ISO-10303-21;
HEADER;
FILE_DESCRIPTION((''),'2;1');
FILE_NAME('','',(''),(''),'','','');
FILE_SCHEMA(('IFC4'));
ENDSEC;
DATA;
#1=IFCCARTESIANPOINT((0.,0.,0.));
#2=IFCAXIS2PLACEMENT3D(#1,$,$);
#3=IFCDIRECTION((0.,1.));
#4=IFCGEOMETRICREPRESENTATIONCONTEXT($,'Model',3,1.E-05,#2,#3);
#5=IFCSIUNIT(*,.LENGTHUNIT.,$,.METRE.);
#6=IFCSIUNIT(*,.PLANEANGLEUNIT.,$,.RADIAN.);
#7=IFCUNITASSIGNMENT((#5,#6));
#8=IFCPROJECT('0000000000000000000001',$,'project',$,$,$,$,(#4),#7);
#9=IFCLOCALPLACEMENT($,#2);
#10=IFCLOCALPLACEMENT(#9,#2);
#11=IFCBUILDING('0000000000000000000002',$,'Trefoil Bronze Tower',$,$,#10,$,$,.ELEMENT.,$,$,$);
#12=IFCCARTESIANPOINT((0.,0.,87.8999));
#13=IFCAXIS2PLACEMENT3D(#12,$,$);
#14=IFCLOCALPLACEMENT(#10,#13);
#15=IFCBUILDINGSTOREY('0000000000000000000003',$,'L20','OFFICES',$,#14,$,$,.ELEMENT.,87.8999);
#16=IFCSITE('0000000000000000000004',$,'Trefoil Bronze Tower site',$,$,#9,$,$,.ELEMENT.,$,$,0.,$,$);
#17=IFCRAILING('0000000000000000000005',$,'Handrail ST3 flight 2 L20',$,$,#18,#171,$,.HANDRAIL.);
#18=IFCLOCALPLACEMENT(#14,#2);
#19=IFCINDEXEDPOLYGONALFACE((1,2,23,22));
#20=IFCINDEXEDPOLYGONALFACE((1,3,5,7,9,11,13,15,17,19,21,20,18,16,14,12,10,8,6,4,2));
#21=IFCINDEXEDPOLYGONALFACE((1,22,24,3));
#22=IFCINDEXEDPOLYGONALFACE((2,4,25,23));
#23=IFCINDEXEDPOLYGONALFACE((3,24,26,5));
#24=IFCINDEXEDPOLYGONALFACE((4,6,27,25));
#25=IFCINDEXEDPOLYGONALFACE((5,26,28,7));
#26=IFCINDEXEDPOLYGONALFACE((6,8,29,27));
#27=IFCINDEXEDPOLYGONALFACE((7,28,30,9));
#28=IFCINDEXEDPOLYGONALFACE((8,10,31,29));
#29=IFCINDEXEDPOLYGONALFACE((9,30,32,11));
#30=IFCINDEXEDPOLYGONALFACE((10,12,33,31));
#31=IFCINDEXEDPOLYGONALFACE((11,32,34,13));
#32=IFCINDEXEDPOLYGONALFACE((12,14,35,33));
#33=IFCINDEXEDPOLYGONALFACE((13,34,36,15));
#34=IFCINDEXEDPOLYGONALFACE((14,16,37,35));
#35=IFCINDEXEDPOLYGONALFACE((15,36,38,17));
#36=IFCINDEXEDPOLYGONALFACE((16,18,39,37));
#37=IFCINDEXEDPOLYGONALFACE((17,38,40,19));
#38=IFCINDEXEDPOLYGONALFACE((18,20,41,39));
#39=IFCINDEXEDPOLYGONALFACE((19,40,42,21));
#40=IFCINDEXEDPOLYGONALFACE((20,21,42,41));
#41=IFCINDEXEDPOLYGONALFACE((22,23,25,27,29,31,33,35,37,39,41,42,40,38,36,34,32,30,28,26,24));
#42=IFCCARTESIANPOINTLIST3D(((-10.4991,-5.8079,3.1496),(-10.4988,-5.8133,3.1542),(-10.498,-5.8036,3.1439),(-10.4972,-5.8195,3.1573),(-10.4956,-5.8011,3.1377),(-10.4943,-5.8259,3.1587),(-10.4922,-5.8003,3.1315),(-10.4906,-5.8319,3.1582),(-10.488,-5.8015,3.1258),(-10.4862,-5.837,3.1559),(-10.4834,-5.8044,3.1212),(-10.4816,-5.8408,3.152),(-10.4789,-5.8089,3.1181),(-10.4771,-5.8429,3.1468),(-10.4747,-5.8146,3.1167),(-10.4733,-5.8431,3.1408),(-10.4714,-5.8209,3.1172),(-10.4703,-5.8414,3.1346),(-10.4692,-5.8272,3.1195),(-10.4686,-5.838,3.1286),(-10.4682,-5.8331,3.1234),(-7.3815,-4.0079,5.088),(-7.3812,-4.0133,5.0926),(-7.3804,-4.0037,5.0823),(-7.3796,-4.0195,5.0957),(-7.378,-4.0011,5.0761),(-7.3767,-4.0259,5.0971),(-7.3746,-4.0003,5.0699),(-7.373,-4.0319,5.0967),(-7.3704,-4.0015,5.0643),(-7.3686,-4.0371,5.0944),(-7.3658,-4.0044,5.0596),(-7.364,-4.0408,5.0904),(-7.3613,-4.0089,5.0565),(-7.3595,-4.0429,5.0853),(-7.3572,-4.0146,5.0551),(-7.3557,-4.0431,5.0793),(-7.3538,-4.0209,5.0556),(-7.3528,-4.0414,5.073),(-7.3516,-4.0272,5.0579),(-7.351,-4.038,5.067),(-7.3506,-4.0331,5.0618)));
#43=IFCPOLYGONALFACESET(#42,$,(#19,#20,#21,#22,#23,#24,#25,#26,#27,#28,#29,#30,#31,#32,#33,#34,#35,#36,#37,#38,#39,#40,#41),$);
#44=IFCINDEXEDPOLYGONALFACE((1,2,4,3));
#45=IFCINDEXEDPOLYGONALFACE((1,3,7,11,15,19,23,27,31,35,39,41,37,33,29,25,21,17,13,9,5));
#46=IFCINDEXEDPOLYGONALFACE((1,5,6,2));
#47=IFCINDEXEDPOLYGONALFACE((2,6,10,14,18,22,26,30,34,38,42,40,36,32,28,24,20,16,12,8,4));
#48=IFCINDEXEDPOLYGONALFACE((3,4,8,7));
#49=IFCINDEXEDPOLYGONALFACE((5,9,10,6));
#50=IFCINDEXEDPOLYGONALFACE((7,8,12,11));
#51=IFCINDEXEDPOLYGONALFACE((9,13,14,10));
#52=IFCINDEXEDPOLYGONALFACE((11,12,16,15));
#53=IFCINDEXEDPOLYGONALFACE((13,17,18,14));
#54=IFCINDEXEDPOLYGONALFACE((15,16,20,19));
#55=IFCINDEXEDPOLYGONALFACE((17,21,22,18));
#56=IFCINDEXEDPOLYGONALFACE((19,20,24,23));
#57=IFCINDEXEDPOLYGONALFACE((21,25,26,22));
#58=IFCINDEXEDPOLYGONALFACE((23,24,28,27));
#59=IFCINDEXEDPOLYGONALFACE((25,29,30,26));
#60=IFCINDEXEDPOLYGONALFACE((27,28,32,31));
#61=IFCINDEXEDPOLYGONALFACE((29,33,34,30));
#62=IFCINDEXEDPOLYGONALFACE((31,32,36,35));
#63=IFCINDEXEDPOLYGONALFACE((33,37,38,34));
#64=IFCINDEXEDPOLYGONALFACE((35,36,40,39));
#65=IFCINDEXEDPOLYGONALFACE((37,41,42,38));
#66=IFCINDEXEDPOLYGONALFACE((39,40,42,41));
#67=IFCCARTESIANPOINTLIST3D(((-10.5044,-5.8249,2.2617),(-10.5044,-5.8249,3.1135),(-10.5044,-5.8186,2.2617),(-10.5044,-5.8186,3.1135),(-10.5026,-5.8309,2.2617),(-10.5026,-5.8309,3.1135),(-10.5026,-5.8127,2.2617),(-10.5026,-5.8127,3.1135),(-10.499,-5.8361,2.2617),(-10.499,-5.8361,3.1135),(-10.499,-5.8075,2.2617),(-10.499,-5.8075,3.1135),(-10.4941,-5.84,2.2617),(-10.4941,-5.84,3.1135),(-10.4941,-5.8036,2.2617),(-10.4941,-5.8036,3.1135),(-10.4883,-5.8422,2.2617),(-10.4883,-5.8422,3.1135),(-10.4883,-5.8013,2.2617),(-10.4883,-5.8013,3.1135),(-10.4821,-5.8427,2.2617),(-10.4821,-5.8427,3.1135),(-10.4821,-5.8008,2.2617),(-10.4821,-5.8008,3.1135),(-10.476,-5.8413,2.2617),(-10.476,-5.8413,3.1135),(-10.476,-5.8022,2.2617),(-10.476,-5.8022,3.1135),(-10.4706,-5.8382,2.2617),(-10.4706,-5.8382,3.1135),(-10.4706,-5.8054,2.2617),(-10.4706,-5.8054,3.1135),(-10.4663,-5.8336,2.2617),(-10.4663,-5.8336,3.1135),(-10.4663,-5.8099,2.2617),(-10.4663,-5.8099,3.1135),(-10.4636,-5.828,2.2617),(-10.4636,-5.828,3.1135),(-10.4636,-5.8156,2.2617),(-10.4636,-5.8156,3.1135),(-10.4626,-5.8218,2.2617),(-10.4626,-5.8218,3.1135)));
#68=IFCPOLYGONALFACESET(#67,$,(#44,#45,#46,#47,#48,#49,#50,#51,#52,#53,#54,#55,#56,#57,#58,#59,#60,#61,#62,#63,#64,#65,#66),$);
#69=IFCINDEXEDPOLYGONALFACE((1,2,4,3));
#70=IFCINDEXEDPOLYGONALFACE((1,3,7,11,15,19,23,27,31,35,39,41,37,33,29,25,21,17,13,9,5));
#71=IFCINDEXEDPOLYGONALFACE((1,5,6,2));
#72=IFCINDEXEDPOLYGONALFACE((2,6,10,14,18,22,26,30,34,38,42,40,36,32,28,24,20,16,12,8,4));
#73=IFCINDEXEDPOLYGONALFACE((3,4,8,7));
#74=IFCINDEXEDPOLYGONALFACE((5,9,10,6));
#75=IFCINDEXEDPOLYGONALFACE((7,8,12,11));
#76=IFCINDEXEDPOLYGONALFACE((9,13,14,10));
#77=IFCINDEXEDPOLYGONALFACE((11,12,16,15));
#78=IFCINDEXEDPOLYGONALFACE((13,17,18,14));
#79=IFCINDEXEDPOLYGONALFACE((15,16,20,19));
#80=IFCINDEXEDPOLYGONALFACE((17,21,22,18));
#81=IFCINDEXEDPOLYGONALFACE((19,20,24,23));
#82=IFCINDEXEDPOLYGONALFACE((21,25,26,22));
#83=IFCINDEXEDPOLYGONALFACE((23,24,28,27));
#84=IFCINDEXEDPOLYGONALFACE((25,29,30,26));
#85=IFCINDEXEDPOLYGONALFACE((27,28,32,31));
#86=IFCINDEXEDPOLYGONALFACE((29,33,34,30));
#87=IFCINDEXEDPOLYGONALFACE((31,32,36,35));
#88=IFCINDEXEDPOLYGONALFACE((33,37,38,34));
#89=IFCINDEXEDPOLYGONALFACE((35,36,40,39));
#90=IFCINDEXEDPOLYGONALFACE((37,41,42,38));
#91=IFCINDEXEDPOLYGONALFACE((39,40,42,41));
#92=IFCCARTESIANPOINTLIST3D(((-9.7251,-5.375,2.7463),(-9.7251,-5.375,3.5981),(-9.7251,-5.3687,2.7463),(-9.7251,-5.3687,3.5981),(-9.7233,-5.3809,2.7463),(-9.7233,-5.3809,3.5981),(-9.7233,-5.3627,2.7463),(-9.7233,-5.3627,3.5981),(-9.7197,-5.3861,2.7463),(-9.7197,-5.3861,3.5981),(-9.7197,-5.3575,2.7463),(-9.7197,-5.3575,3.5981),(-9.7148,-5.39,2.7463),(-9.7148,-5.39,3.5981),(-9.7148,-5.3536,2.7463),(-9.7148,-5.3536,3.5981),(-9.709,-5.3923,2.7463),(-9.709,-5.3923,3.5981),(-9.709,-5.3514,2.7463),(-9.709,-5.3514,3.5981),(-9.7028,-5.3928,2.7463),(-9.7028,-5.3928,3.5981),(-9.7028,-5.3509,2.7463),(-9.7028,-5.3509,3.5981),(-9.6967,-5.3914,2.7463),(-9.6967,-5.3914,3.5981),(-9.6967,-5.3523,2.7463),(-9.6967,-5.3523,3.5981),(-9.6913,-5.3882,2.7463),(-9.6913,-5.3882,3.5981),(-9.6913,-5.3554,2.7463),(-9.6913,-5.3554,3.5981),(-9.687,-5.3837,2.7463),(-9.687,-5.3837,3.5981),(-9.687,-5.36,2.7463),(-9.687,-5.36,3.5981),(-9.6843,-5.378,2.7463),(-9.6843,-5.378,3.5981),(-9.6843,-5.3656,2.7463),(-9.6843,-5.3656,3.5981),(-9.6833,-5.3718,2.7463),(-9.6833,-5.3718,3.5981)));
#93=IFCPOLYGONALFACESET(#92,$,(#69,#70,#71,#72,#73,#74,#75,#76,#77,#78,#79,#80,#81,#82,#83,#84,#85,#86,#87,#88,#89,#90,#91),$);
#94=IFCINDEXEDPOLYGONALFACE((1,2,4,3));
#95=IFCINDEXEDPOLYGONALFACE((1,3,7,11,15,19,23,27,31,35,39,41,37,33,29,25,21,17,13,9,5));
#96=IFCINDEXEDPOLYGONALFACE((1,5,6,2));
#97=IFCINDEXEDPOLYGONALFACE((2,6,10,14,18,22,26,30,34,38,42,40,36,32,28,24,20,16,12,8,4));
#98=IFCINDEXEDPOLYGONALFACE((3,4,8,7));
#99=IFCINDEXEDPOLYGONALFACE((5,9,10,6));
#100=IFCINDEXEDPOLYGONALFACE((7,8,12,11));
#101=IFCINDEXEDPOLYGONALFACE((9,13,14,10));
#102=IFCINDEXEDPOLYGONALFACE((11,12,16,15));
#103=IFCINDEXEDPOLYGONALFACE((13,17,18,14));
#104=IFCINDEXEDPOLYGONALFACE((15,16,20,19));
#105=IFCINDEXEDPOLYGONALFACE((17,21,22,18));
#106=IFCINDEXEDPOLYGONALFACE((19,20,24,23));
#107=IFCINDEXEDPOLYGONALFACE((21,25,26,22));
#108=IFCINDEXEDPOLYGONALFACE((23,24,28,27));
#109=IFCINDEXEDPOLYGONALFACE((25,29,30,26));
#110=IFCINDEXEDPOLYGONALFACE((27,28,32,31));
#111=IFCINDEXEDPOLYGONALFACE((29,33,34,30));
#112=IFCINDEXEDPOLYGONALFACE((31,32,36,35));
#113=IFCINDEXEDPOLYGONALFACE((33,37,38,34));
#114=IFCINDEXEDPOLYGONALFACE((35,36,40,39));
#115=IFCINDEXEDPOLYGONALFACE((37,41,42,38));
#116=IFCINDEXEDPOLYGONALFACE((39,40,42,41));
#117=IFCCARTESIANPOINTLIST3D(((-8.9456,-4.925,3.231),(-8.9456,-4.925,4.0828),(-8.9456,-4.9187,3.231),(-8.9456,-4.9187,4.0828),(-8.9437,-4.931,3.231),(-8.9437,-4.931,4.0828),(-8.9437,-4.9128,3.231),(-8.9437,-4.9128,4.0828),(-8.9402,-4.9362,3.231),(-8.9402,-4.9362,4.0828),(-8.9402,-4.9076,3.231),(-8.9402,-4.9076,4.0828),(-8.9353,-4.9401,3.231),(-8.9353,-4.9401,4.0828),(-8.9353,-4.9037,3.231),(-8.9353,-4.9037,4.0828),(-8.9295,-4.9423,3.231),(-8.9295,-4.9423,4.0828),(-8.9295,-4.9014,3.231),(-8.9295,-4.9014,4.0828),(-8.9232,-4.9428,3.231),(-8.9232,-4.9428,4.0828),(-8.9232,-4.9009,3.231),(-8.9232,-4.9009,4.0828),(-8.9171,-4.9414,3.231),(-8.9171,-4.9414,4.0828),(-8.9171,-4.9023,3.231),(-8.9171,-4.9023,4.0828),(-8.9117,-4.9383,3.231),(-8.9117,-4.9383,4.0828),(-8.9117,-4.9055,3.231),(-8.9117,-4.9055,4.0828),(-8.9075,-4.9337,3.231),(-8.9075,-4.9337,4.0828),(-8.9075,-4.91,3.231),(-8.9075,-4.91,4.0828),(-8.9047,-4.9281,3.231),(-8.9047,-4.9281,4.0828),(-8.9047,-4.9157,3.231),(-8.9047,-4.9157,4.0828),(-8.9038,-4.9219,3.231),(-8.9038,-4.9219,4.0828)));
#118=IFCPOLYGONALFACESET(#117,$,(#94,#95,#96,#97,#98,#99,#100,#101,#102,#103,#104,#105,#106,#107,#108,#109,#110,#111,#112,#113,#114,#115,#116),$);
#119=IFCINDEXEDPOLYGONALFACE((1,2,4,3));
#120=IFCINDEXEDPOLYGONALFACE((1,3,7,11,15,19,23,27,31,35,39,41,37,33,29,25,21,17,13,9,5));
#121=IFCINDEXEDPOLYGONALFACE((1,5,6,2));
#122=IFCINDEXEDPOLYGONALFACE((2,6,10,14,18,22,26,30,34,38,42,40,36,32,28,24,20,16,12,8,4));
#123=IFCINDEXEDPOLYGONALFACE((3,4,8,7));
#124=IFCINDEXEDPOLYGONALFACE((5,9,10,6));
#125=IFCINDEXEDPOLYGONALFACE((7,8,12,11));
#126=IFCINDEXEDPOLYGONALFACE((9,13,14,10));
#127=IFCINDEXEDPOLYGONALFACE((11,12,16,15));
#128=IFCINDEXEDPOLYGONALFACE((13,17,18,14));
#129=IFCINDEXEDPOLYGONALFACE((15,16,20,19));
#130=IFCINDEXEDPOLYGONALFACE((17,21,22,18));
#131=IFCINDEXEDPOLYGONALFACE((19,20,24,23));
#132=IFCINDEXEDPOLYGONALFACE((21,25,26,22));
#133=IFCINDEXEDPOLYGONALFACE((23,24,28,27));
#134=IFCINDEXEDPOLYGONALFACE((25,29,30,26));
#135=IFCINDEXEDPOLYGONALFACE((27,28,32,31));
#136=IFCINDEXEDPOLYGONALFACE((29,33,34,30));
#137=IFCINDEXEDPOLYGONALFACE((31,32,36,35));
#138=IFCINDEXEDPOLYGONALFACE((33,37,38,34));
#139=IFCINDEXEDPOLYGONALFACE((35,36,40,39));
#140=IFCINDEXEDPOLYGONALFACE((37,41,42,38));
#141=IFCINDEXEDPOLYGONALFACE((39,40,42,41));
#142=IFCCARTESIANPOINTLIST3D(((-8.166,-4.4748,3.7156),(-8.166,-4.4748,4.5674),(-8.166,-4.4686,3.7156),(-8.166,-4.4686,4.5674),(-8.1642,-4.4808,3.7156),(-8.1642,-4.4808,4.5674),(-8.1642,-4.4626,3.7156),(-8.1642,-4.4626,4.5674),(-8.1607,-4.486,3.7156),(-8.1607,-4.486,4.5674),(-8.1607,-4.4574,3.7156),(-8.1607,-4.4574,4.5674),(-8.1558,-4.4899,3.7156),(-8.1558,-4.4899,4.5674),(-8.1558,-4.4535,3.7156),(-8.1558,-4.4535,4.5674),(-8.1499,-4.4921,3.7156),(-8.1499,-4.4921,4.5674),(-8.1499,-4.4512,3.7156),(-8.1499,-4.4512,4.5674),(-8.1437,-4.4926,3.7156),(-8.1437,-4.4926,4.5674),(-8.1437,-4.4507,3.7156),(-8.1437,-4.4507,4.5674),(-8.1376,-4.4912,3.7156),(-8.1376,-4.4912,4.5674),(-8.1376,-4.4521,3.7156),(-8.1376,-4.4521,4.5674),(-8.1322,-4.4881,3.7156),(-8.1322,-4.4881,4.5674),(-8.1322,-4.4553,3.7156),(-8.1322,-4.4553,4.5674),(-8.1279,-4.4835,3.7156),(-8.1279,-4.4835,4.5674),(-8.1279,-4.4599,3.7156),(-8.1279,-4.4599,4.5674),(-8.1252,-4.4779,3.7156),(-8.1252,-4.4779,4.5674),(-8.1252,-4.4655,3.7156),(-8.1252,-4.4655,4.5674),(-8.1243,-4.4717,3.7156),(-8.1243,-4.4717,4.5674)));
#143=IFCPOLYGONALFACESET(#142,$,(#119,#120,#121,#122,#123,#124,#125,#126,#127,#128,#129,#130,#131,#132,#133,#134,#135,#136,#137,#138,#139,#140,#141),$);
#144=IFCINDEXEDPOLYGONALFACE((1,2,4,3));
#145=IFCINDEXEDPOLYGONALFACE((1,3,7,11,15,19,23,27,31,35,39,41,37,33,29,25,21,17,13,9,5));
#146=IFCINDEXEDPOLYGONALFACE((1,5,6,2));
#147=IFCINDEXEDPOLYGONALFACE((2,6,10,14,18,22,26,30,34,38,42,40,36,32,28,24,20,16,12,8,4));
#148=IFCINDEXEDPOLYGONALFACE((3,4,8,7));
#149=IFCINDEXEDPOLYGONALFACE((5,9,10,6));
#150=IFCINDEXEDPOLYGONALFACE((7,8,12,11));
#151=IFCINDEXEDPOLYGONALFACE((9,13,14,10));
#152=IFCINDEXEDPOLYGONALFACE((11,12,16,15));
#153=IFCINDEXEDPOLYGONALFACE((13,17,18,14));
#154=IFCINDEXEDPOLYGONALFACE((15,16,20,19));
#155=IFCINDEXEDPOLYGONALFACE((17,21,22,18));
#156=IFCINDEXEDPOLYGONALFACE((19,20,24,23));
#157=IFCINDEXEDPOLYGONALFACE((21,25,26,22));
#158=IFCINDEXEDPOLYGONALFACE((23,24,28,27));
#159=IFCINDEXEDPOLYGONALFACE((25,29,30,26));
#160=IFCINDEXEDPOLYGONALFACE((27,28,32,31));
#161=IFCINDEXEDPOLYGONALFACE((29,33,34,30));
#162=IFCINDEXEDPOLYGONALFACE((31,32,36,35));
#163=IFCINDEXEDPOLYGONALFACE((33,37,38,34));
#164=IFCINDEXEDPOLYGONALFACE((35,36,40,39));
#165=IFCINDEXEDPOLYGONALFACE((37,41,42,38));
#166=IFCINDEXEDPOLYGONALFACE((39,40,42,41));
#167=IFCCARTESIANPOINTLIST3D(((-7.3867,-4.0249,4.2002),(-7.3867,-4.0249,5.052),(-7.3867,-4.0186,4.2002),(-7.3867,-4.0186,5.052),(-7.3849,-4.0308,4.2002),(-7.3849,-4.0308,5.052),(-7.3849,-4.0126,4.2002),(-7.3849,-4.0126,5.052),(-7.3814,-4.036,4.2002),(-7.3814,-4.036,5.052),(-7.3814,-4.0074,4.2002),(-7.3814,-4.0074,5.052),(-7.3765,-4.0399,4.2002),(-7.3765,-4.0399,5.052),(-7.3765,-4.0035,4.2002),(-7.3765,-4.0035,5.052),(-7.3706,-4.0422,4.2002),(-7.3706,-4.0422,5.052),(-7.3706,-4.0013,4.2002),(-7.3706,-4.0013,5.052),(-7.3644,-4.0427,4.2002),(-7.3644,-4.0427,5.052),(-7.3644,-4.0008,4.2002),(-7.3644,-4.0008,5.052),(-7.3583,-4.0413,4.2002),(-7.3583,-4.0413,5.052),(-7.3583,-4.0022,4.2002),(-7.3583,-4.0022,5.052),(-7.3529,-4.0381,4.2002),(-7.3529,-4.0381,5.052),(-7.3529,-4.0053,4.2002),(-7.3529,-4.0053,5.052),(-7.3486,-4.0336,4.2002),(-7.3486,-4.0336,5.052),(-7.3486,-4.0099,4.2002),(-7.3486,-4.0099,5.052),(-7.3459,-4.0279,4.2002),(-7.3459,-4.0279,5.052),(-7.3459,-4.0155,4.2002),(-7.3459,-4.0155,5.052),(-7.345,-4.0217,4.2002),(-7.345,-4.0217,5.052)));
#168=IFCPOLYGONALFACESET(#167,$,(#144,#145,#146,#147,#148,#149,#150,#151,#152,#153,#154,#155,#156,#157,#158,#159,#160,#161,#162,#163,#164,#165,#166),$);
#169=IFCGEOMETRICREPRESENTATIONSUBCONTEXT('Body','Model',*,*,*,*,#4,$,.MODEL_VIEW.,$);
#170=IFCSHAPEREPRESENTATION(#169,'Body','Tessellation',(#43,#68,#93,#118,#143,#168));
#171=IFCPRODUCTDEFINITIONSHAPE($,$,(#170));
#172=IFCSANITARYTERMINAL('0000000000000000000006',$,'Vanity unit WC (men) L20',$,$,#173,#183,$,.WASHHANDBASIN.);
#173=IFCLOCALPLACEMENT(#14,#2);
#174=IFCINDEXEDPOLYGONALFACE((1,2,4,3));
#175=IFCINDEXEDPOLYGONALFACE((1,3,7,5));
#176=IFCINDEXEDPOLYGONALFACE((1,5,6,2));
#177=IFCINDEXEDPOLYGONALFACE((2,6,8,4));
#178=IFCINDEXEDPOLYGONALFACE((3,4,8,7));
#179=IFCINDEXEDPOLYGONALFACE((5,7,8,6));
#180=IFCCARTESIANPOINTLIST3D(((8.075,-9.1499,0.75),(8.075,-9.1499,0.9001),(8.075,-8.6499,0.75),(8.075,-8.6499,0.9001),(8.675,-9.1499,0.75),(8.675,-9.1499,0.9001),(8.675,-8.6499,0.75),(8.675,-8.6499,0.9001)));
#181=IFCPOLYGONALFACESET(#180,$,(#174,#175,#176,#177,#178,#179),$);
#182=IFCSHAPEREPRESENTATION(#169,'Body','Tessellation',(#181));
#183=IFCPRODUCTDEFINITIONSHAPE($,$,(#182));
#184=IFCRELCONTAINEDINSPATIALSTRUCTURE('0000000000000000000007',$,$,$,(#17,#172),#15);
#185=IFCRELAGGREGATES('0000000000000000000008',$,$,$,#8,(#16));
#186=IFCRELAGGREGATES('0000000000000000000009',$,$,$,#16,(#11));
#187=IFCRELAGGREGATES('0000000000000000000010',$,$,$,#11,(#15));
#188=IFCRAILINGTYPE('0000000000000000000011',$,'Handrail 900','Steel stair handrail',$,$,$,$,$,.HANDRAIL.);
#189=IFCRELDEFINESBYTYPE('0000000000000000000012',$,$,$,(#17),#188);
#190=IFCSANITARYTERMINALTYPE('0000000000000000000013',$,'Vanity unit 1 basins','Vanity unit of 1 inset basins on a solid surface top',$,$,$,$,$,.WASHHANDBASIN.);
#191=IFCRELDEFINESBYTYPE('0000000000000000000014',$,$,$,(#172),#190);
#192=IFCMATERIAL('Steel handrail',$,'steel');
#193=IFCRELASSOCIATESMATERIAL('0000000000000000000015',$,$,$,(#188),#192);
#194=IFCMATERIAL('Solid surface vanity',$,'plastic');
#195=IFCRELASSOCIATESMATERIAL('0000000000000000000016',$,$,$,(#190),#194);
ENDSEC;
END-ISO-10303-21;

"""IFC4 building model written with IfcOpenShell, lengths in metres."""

from ifc_helpers import new_model, si_unit, direction, frame, origin, origin_2d, place, context, subcontext, project, spatial, polyline, circle, outline, extrude, material, type_object, element, save


model = new_model("IFC4")

# Units and contexts
model_context = context("Model", 3, precision=1e-05, world=origin(), true_north=direction((0.0, 1.0)))
body_context = subcontext(model_context, "Body", "Model", "MODEL_VIEW")
ifc_project = project(units=[si_unit("LENGTHUNIT", "METRE"), si_unit("PLANEANGLEUNIT", "RADIAN")], contexts=[model_context])

# Site, building, storey
site_placement = place(None, origin())
site = spatial("IfcSite", under=ifc_project, at=site_placement, Name="Trefoil Bronze Tower site", CompositionType="ELEMENT", RefElevation=0.0)
building_placement = place(site_placement, origin())
building = spatial("IfcBuilding", under=site, at=building_placement, Name="Trefoil Bronze Tower", CompositionType="ELEMENT")
storey_placement = place(building_placement, frame((0.0, 0.0, 87.8999)))
storey = spatial("IfcBuildingStorey", under=building, at=storey_placement, Name="L20", Description="OFFICES", CompositionType="ELEMENT", Elevation=87.8999)

# Railing
ifc_material_1 = material(Name="Steel handrail", Category="steel")
railing_type = type_object("IfcRailingType", Name="Handrail 900", Description="Steel stair handrail", PredefinedType="HANDRAIL", material=ifc_material_1)
railing_1_placement = place(storey_placement, frame((-10.4836, -5.8218, 2.2617)))
element("IfcRailing", 1, at=railing_1_placement, inside=storey, type_object=railing_type, Name="Handrail ST3 flight 2 L20", PredefinedType="HANDRAIL", context=body_context, shape_type="SweptSolid", body=[
    extrude(circle(Radius=0.0239, at=origin_2d()), frame((0.0, 0.0, 0.876), z_axis=(0.762503, 0.440246, 0.474102), x_axis=(-0.500012, 0.866018, 0.0)), (0.0, 0.0, 1.0), 4.0886),
    extrude(circle(Radius=0.021, at=origin_2d()), origin(), (0.0, 0.0, 1.0), 0.8518),
    extrude(circle(Radius=0.021, at=origin_2d()), frame((0.7793, 0.45, 0.4846)), (0.0, 0.0, 1.0), 0.8518),
    extrude(circle(Radius=0.021, at=origin_2d()), frame((1.5588, 0.8999, 0.9692)), (0.0, 0.0, 1.0), 0.8518),
    extrude(circle(Radius=0.021, at=origin_2d()), frame((2.3384, 1.3501, 1.4539)), (0.0, 0.0, 1.0), 0.8518),
    extrude(circle(Radius=0.021, at=origin_2d()), frame((3.1177, 1.8, 1.9385)), (0.0, 0.0, 1.0), 0.8518),
])

# Sanitary terminal
ifc_material_2 = material(Name="Solid surface vanity", Category="plastic")
sanitary_terminal_type = type_object("IfcSanitaryTerminalType", Name="Vanity unit 1 basins", Description="Vanity unit of 1 inset basins on a solid surface top", PredefinedType="WASHHANDBASIN", material=ifc_material_2)
sanitary_terminal_placement = place(storey_placement, frame((0.0, 0.0, 0.75)))
element("IfcSanitaryTerminal", 2, at=sanitary_terminal_placement, inside=storey, type_object=sanitary_terminal_type, Name="Vanity unit WC (men) L20", PredefinedType="WASHHANDBASIN", context=body_context, shape_type="SweptSolid", body=[
    extrude(outline(polyline([(8.075, -8.6499), (8.675, -8.6499), (8.675, -9.1499), (8.075, -9.1499), (8.075, -8.6499)])), origin(), (0.0, 0.0, 1.0), 0.1501),
])

save(model, "model.ifc")
